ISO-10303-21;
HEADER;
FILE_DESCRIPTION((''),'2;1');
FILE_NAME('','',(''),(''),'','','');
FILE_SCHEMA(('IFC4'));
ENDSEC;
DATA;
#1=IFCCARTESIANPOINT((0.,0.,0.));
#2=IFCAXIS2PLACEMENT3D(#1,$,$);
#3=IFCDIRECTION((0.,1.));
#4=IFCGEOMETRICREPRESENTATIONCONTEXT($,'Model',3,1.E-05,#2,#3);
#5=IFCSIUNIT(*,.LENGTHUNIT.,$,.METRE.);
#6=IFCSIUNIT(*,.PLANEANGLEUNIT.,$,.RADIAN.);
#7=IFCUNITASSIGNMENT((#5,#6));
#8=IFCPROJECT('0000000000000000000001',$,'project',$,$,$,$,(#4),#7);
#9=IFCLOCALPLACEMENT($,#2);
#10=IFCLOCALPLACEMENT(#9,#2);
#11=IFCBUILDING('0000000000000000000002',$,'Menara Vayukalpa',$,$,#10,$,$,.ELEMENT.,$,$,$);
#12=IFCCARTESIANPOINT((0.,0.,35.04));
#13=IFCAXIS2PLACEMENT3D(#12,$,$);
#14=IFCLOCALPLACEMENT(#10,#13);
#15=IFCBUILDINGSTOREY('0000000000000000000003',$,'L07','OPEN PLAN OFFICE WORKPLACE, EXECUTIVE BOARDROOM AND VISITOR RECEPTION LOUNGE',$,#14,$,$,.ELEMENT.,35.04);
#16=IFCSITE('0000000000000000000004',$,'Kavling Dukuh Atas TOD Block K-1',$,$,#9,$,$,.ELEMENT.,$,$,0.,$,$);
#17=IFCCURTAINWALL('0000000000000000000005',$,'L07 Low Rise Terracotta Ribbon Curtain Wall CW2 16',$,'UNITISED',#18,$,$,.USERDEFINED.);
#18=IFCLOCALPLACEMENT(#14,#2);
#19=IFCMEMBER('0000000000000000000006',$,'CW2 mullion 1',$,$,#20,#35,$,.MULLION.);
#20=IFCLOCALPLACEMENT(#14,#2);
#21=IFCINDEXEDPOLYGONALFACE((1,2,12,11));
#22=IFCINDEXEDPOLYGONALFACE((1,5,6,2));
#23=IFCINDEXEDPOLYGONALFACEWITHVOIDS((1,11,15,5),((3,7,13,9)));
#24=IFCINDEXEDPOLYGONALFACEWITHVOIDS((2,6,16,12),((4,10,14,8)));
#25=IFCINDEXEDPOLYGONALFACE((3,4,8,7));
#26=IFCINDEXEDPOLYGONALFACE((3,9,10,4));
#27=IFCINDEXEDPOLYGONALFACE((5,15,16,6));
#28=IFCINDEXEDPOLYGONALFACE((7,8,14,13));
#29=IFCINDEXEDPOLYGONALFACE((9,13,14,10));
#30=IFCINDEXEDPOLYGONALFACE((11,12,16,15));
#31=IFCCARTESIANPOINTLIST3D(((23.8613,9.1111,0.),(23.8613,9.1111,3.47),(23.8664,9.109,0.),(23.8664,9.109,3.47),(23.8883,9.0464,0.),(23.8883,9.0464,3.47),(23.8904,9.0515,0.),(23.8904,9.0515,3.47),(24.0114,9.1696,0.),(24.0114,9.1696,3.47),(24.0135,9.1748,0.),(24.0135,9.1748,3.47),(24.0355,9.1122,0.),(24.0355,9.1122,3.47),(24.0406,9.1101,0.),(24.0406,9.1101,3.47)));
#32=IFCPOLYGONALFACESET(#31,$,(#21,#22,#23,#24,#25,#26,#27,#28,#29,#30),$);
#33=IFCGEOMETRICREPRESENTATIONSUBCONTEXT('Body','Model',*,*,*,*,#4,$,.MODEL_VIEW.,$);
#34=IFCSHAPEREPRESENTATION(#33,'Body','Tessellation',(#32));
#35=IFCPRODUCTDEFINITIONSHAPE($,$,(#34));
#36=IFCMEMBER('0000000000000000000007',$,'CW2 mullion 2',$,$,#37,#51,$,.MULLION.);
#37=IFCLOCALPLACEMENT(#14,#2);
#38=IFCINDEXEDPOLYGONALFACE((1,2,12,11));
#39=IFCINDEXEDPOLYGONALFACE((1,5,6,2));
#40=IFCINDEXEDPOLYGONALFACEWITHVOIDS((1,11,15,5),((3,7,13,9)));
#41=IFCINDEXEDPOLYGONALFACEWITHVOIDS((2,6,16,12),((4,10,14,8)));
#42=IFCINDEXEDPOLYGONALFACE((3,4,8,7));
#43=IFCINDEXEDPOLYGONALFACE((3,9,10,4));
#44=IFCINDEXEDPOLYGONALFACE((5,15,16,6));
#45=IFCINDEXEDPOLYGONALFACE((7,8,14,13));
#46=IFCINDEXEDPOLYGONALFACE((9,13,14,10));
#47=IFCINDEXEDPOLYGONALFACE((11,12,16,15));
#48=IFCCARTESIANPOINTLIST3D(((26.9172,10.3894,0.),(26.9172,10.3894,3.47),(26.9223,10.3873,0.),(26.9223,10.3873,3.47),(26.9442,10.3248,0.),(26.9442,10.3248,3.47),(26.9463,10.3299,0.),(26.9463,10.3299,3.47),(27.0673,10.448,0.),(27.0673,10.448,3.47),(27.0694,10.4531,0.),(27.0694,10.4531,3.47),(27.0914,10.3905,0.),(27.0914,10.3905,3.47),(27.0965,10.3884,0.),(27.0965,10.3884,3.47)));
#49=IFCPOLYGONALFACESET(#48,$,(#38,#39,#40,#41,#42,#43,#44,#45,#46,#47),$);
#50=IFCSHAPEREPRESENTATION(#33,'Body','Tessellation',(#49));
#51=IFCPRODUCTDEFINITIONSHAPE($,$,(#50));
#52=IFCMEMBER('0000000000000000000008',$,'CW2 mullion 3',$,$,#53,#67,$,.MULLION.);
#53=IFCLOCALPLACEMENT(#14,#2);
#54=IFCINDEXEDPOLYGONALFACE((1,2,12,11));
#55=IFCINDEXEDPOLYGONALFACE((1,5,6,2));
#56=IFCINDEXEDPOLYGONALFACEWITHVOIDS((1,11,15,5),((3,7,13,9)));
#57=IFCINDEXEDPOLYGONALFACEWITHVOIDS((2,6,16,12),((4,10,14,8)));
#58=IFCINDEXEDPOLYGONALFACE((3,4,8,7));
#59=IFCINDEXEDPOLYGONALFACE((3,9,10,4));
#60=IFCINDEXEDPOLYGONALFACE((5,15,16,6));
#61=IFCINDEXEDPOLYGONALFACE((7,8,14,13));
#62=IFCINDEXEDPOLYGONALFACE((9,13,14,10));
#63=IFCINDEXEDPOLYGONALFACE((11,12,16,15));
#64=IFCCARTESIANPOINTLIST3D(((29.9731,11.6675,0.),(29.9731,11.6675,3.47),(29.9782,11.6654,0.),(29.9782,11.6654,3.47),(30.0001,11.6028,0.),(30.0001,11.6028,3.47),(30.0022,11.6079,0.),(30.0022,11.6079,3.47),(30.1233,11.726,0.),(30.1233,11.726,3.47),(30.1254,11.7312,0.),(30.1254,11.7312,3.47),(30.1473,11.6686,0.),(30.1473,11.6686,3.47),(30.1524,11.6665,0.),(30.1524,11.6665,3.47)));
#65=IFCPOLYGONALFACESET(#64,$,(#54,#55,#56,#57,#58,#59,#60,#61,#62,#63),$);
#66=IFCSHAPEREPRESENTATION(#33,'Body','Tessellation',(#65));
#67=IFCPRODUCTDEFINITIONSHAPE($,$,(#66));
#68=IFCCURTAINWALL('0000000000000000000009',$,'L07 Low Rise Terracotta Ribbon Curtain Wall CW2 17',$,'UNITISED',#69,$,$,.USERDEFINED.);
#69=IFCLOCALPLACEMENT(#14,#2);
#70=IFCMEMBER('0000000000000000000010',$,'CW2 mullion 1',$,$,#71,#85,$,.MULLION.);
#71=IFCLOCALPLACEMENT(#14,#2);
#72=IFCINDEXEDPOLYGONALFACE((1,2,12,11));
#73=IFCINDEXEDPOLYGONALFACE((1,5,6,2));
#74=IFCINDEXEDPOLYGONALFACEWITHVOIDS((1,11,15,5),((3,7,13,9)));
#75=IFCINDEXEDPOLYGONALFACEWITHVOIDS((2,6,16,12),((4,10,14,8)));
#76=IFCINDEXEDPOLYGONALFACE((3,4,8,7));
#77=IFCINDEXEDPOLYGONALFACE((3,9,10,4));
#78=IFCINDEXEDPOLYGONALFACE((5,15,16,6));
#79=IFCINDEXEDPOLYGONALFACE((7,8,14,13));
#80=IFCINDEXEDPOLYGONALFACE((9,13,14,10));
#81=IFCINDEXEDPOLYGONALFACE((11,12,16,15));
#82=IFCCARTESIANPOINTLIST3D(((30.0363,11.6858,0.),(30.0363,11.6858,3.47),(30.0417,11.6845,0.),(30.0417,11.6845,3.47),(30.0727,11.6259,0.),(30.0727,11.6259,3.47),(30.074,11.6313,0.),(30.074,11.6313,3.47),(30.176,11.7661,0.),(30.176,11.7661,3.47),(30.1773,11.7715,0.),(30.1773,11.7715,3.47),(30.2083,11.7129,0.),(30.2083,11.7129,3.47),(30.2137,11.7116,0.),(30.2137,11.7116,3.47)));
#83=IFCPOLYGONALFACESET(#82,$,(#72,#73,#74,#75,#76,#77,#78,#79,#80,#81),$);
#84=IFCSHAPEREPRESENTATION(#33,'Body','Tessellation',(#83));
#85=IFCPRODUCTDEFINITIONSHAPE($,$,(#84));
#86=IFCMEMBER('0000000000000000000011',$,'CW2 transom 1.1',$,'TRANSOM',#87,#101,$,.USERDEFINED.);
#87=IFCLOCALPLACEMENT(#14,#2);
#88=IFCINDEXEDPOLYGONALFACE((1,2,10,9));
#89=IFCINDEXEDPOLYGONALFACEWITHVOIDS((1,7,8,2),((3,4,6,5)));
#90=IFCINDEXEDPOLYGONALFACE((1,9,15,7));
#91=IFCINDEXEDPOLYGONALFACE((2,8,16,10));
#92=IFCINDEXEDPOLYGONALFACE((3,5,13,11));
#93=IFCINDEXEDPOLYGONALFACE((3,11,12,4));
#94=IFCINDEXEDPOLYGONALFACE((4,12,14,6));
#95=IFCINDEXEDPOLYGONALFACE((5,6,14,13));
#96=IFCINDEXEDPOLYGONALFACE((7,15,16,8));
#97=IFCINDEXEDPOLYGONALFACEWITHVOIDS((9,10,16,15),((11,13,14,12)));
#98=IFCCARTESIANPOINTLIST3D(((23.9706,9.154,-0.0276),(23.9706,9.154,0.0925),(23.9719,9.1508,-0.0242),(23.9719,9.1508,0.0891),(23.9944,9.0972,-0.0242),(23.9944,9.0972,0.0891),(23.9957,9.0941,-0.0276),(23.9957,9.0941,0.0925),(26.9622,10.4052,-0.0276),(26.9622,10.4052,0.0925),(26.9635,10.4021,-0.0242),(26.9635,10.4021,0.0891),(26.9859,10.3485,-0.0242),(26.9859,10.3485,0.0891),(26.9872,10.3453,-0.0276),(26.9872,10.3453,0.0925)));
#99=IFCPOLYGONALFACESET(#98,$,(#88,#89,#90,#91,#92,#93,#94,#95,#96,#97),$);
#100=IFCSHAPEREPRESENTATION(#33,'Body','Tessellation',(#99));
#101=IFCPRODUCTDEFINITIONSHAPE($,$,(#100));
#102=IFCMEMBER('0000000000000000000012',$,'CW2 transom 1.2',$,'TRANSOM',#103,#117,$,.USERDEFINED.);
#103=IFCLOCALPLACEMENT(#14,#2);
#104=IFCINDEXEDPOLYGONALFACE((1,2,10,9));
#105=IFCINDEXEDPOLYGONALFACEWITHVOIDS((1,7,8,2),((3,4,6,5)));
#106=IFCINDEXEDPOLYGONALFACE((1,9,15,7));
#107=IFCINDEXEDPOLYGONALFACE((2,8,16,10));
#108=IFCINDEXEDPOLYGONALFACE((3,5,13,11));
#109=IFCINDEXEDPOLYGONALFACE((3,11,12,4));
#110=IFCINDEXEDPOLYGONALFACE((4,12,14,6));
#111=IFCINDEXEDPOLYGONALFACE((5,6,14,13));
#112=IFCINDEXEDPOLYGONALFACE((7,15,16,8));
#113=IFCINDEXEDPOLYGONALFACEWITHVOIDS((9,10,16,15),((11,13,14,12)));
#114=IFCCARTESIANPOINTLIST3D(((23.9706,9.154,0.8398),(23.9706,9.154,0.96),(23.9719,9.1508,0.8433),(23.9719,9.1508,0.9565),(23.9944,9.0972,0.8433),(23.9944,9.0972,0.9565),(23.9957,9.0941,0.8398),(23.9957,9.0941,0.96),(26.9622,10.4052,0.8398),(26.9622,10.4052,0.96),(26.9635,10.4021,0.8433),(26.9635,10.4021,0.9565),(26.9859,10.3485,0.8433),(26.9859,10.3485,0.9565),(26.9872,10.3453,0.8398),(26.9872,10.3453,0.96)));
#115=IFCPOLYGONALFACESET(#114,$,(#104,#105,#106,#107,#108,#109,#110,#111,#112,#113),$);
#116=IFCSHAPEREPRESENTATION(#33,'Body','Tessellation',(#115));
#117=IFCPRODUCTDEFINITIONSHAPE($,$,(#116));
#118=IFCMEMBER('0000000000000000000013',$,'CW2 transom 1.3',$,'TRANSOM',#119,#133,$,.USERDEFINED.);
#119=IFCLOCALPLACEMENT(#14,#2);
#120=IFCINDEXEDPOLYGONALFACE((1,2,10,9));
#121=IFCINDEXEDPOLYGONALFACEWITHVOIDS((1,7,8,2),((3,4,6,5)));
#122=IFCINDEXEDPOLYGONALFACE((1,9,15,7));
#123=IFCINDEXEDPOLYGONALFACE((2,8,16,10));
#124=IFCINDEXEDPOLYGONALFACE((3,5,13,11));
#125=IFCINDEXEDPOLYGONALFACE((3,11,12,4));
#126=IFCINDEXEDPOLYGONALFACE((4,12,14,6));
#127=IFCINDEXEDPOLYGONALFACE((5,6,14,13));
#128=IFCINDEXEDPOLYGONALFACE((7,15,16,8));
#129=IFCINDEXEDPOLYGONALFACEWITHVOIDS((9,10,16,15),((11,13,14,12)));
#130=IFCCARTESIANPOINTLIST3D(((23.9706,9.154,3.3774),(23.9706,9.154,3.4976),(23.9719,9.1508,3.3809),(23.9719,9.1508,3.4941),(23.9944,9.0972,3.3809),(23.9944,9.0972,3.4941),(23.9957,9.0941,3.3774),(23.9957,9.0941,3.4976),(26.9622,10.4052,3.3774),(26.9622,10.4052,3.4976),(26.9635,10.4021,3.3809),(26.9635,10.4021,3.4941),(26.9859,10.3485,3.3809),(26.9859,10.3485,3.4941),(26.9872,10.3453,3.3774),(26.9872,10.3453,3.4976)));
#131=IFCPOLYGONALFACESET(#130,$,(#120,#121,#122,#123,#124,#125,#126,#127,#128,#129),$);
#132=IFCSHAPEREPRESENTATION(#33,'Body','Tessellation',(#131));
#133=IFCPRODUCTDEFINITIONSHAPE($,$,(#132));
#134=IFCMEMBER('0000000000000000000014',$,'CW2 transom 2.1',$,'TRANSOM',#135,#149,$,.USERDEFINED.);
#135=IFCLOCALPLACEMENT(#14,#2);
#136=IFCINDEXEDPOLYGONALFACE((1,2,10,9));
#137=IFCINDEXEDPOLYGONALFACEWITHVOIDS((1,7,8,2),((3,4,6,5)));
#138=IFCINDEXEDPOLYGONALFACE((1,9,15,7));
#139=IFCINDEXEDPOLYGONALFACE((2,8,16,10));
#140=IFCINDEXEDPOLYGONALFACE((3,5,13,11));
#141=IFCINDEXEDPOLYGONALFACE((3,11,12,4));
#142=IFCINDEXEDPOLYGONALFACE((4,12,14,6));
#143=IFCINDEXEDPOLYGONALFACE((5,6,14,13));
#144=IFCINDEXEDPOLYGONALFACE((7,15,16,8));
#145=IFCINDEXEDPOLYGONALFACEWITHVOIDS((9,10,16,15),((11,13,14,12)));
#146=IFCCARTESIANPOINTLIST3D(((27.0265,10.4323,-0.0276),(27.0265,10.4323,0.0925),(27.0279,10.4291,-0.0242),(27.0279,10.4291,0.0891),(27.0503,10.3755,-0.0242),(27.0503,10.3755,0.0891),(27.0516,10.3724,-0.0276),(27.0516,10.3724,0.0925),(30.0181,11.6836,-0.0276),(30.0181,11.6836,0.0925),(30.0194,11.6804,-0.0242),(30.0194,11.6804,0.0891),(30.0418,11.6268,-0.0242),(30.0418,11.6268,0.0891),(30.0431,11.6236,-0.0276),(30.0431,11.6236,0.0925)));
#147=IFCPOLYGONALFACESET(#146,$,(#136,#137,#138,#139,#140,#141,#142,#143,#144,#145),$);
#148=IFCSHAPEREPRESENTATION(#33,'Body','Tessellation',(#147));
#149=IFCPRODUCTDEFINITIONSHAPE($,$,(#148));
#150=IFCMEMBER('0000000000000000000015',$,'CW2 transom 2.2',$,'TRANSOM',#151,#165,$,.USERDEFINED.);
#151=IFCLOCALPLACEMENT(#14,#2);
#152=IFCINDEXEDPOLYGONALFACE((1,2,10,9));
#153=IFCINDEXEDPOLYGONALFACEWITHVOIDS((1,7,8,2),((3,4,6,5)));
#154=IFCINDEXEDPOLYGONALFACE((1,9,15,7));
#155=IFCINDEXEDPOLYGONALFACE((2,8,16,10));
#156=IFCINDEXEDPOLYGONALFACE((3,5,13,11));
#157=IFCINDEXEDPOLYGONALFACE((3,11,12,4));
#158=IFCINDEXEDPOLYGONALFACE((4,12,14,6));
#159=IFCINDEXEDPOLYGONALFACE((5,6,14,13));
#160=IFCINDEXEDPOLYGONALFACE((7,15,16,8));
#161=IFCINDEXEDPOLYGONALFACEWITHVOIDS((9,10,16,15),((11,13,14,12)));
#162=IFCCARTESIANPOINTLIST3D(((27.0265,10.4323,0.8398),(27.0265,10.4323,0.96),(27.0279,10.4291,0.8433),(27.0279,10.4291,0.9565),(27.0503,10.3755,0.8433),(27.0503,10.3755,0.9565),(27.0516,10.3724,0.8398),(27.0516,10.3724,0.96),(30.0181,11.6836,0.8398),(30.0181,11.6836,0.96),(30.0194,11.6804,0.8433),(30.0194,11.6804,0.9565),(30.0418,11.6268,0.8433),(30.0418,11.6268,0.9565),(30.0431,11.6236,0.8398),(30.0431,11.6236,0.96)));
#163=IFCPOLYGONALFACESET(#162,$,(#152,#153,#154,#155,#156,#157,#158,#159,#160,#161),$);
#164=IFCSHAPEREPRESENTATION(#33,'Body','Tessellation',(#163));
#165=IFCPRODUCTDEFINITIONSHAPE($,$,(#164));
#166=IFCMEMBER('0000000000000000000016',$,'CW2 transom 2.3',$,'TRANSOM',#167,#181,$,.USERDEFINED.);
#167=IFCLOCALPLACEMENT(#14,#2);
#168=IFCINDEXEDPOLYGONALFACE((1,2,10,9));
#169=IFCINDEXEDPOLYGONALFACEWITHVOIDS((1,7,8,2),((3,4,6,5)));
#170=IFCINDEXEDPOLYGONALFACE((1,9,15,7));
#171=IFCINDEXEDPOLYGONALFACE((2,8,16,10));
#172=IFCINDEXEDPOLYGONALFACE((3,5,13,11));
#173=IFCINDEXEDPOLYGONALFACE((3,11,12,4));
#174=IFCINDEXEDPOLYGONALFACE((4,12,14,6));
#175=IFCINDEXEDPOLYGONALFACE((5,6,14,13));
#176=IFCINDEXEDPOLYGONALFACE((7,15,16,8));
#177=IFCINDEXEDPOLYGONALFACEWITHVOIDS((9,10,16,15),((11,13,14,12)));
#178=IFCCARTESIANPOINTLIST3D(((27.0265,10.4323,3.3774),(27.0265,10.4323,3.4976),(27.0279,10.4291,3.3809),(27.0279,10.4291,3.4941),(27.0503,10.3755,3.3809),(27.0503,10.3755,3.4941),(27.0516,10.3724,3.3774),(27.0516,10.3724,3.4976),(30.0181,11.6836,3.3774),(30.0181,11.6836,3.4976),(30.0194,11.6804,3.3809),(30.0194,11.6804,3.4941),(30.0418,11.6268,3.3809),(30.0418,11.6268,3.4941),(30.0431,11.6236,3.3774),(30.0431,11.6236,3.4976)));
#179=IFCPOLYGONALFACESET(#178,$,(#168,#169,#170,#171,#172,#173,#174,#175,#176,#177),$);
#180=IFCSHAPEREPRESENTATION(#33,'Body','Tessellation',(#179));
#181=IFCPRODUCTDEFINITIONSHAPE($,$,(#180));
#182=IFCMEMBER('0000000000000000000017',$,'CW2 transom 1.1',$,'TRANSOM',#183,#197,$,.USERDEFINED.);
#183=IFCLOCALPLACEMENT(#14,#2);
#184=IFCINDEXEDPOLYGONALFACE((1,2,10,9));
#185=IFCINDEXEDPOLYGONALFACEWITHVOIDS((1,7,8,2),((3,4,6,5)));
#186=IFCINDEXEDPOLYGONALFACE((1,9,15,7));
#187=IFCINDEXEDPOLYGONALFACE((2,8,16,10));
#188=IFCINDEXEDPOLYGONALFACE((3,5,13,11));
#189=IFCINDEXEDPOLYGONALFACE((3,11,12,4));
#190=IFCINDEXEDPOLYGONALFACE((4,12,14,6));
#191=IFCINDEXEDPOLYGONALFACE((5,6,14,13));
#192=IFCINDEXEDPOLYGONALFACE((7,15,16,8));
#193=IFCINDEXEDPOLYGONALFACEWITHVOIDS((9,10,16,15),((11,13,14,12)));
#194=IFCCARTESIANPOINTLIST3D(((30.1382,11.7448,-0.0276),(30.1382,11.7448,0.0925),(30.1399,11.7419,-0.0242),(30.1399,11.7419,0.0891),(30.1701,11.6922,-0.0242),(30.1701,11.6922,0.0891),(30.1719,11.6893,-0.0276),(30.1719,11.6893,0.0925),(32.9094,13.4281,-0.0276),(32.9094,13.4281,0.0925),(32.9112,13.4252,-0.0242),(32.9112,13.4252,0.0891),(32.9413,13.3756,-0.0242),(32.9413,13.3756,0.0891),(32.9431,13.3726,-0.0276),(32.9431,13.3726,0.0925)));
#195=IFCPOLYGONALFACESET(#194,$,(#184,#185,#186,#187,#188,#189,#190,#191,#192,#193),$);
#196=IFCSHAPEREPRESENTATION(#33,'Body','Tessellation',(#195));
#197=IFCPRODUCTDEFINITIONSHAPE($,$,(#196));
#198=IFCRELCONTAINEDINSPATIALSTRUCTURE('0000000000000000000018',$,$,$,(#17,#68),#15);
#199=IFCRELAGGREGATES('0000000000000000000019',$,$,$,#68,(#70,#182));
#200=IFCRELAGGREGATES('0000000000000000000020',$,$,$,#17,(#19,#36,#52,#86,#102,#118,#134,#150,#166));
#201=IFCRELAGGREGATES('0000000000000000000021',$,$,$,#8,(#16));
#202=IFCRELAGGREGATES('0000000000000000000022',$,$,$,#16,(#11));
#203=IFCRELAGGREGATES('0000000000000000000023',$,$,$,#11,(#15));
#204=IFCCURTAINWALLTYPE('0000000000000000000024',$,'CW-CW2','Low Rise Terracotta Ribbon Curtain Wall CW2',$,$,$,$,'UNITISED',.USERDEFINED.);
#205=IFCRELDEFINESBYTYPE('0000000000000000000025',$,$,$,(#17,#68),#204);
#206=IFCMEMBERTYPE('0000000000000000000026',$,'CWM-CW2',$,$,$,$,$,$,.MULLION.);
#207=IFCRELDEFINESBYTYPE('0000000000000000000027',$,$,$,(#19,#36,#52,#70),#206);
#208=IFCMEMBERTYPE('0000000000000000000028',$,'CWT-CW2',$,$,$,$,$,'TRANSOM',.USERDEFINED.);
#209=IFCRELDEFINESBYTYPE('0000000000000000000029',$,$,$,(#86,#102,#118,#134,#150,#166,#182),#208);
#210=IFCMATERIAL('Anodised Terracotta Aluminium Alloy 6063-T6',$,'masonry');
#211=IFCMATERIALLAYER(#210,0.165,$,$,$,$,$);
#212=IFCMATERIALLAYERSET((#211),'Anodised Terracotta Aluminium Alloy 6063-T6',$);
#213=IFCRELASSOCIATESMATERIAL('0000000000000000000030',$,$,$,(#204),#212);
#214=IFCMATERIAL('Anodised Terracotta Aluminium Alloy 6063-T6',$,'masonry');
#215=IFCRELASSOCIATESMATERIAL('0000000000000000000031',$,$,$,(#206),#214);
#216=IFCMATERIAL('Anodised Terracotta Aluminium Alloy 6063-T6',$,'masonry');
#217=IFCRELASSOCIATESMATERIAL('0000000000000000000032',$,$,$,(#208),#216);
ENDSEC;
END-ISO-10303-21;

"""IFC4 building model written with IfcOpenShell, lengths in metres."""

from ifc_helpers import new_model, si_unit, direction, frame, origin, origin_2d, place, context, subcontext, project, spatial, hollow_rectangle, extrude, material, layer, layer_set, material_profile, profile_set, type_object, element, aggregate, save


model = new_model("IFC4")

# Units and contexts
model_context = context("Model", 3, precision=1e-05, world=origin(), true_north=direction((0.0, 1.0)))
body_context = subcontext(model_context, "Body", "Model", "MODEL_VIEW")
ifc_project = project(units=[si_unit("LENGTHUNIT", "METRE"), si_unit("PLANEANGLEUNIT", "RADIAN")], contexts=[model_context])

# Site, building, storey
site_placement = place(None, origin())
site = spatial("IfcSite", under=ifc_project, at=site_placement, Name="Kavling Dukuh Atas TOD Block K-1", CompositionType="ELEMENT", RefElevation=0.0)
building_placement = place(site_placement, origin())
building = spatial("IfcBuilding", under=site, at=building_placement, Name="Menara Vayukalpa", CompositionType="ELEMENT")
storey_placement = place(building_placement, frame((0.0, 0.0, 35.04)))
storey = spatial("IfcBuildingStorey", under=building, at=storey_placement, Name="L07", Description="OPEN PLAN OFFICE WORKPLACE, EXECUTIVE BOARDROOM AND VISITOR RECEPTION LOUNGE", CompositionType="ELEMENT", Elevation=35.04)

# Curtain wall, members
ifc_material_1 = material(Name="Anodised Terracotta Aluminium Alloy 6063-T6", Category="masonry")
ifc_layer_1 = layer(ifc_material_1, 0.165)
ifc_layer_set_1 = layer_set([ifc_layer_1], Name="Anodised Terracotta Aluminium Alloy 6063-T6")
curtain_wall_type = type_object("IfcCurtainWallType", Name="CW-CW2", Description="Low Rise Terracotta Ribbon Curtain Wall CW2", ElementType="UNITISED", PredefinedType="USERDEFINED", material=ifc_layer_set_1)
curtain_wall_1_placement = place(storey_placement, origin())
curtain_wall_1 = element("IfcCurtainWall", 1, at=curtain_wall_1_placement, inside=storey, type_object=curtain_wall_type, Name="L07 Low Rise Terracotta Ribbon Curtain Wall CW2 16", ObjectType="UNITISED", PredefinedType="USERDEFINED")
ifc_material_2 = material(Name="Anodised Terracotta Aluminium Alloy 6063-T6", Category="masonry")
ifc_material_profile_1 = material_profile(ifc_material_2, hollow_rectangle(XDim=0.0701, YDim=0.165, WallThickness=0.0039, at=origin_2d()), Name="ALU 70x165x4")
ifc_profile_set_1 = profile_set([ifc_material_profile_1], Name="Anodised Terracotta Aluminium Alloy 6063-T6")
member_type_1 = type_object("IfcMemberType", Name="CWM-CW2", PredefinedType="MULLION", material=ifc_profile_set_1)
member_1_placement = place(storey_placement, frame((23.9509, 9.1106, 0.0), z_axis=(0.0, 0.0, 1.0), x_axis=(-0.385895, 0.922543, 0.0)))
member_1 = element("IfcMember", 2, at=member_1_placement, type_object=member_type_1, Name="CW2 mullion 1", PredefinedType="MULLION", context=body_context, shape_type="SweptSolid", body=[
    extrude(hollow_rectangle(XDim=0.0701, YDim=0.165, WallThickness=0.0039, at=origin_2d()), origin(), (0.0, 0.0, 1.0), 3.47),
])
member_2_placement = place(storey_placement, frame((27.0068, 10.3889, 0.0), z_axis=(0.0, 0.0, 1.0), x_axis=(-0.385895, 0.922543, 0.0)))
member_2 = element("IfcMember", 3, at=member_2_placement, type_object=member_type_1, Name="CW2 mullion 2", PredefinedType="MULLION", context=body_context, shape_type="SweptSolid", body=[
    extrude(hollow_rectangle(XDim=0.0701, YDim=0.165, WallThickness=0.0039, at=origin_2d()), origin(), (0.0, 0.0, 1.0), 3.47),
])
member_3_placement = place(storey_placement, frame((30.0627, 11.667, 0.0), z_axis=(0.0, 0.0, 1.0), x_axis=(-0.385895, 0.922543, 0.0)))
member_3 = element("IfcMember", 4, at=member_3_placement, type_object=member_type_1, Name="CW2 mullion 3", PredefinedType="MULLION", context=body_context, shape_type="SweptSolid", body=[
    extrude(hollow_rectangle(XDim=0.0701, YDim=0.165, WallThickness=0.0039, at=origin_2d()), origin(), (0.0, 0.0, 1.0), 3.47),
])

# Curtain wall, member
curtain_wall_2_placement = place(storey_placement, origin())
curtain_wall_2 = element("IfcCurtainWall", 5, at=curtain_wall_2_placement, inside=storey, type_object=curtain_wall_type, Name="L07 Low Rise Terracotta Ribbon Curtain Wall CW2 17", ObjectType="UNITISED", PredefinedType="USERDEFINED")
member_4_placement = place(storey_placement, frame((30.125, 11.6987, 0.0), z_axis=(0.0, 0.0, 1.0), x_axis=(-0.519182, 0.854664, 0.0)))
member_4 = element("IfcMember", 6, at=member_4_placement, type_object=member_type_1, Name="CW2 mullion 1", PredefinedType="MULLION", context=body_context, shape_type="SweptSolid", body=[
    extrude(hollow_rectangle(XDim=0.0701, YDim=0.165, WallThickness=0.0039, at=origin_2d()), origin(), (0.0, 0.0, 1.0), 3.47),
])

# Members
ifc_material_3 = material(Name="Anodised Terracotta Aluminium Alloy 6063-T6", Category="masonry")
ifc_material_profile_2 = material_profile(ifc_material_3, hollow_rectangle(XDim=0.0649, YDim=0.1201, WallThickness=0.0034, at=origin_2d()), Name="ALU 65x120x3.5")
ifc_profile_set_2 = profile_set([ifc_material_profile_2], Name="Anodised Terracotta Aluminium Alloy 6063-T6")
member_type_2 = type_object("IfcMemberType", Name="CWT-CW2", ElementType="TRANSOM", PredefinedType="USERDEFINED", material=ifc_profile_set_2)
member_5_placement = place(storey_placement, frame((23.9832, 9.124, 0.0325), z_axis=(0.922553, 0.385871, 0.0), x_axis=(-0.385871, 0.922553, 0.0)))
member_5 = element("IfcMember", 7, at=member_5_placement, type_object=member_type_2, Name="CW2 transom 1.1", ObjectType="TRANSOM", PredefinedType="USERDEFINED", context=body_context, shape_type="SweptSolid", body=[
    extrude(hollow_rectangle(XDim=0.0649, YDim=0.1201, WallThickness=0.0034, at=origin_2d()), origin(), (0.0, 0.0, 1.0), 3.2427),
])
member_6_placement = place(storey_placement, frame((23.9832, 9.124, 0.8999), z_axis=(0.922553, 0.385871, 0.0), x_axis=(-0.385871, 0.922553, 0.0)))
member_6 = element("IfcMember", 8, at=member_6_placement, type_object=member_type_2, Name="CW2 transom 1.2", ObjectType="TRANSOM", PredefinedType="USERDEFINED", context=body_context, shape_type="SweptSolid", body=[
    extrude(hollow_rectangle(XDim=0.0649, YDim=0.1201, WallThickness=0.0034, at=origin_2d()), origin(), (0.0, 0.0, 1.0), 3.2427),
])
member_7_placement = place(storey_placement, frame((23.9832, 9.124, 3.4375), z_axis=(0.922553, 0.385871, 0.0), x_axis=(-0.385871, 0.922553, 0.0)))
member_7 = element("IfcMember", 9, at=member_7_placement, type_object=member_type_2, Name="CW2 transom 1.3", ObjectType="TRANSOM", PredefinedType="USERDEFINED", context=body_context, shape_type="SweptSolid", body=[
    extrude(hollow_rectangle(XDim=0.0649, YDim=0.1201, WallThickness=0.0034, at=origin_2d()), origin(), (0.0, 0.0, 1.0), 3.2427),
])
member_8_placement = place(storey_placement, frame((27.0391, 10.4023, 0.0325), z_axis=(0.922553, 0.385871, 0.0), x_axis=(-0.385871, 0.922553, 0.0)))
member_8 = element("IfcMember", 10, at=member_8_placement, type_object=member_type_2, Name="CW2 transom 2.1", ObjectType="TRANSOM", PredefinedType="USERDEFINED", context=body_context, shape_type="SweptSolid", body=[
    extrude(hollow_rectangle(XDim=0.0649, YDim=0.1201, WallThickness=0.0034, at=origin_2d()), origin(), (0.0, 0.0, 1.0), 3.2427),
])
member_9_placement = place(storey_placement, frame((27.0391, 10.4023, 0.8999), z_axis=(0.922553, 0.385871, 0.0), x_axis=(-0.385871, 0.922553, 0.0)))
member_9 = element("IfcMember", 11, at=member_9_placement, type_object=member_type_2, Name="CW2 transom 2.2", ObjectType="TRANSOM", PredefinedType="USERDEFINED", context=body_context, shape_type="SweptSolid", body=[
    extrude(hollow_rectangle(XDim=0.0649, YDim=0.1201, WallThickness=0.0034, at=origin_2d()), origin(), (0.0, 0.0, 1.0), 3.2427),
])
member_10_placement = place(storey_placement, frame((27.0391, 10.4023, 3.4375), z_axis=(0.922553, 0.385871, 0.0), x_axis=(-0.385871, 0.922553, 0.0)))
member_10 = element("IfcMember", 12, at=member_10_placement, type_object=member_type_2, Name="CW2 transom 2.3", ObjectType="TRANSOM", PredefinedType="USERDEFINED", context=body_context, shape_type="SweptSolid", body=[
    extrude(hollow_rectangle(XDim=0.0649, YDim=0.1201, WallThickness=0.0034, at=origin_2d()), origin(), (0.0, 0.0, 1.0), 3.2427),
])
member_11_placement = place(storey_placement, frame((30.155, 11.717, 0.0325), z_axis=(0.854677, 0.519161, 0.0), x_axis=(-0.519161, 0.854677, 0.0)))
member_11 = element("IfcMember", 13, at=member_11_placement, type_object=member_type_2, Name="CW2 transom 1.1", ObjectType="TRANSOM", PredefinedType="USERDEFINED", context=body_context, shape_type="SweptSolid", body=[
    extrude(hollow_rectangle(XDim=0.0649, YDim=0.1201, WallThickness=0.0034, at=origin_2d()), origin(), (0.0, 0.0, 1.0), 3.2424),
])
aggregate(curtain_wall_2, [member_4, member_11])

aggregate(curtain_wall_1, [member_1, member_2, member_3, member_5, member_6, member_7, member_8, member_9, member_10])

save(model, "model.ifc")
